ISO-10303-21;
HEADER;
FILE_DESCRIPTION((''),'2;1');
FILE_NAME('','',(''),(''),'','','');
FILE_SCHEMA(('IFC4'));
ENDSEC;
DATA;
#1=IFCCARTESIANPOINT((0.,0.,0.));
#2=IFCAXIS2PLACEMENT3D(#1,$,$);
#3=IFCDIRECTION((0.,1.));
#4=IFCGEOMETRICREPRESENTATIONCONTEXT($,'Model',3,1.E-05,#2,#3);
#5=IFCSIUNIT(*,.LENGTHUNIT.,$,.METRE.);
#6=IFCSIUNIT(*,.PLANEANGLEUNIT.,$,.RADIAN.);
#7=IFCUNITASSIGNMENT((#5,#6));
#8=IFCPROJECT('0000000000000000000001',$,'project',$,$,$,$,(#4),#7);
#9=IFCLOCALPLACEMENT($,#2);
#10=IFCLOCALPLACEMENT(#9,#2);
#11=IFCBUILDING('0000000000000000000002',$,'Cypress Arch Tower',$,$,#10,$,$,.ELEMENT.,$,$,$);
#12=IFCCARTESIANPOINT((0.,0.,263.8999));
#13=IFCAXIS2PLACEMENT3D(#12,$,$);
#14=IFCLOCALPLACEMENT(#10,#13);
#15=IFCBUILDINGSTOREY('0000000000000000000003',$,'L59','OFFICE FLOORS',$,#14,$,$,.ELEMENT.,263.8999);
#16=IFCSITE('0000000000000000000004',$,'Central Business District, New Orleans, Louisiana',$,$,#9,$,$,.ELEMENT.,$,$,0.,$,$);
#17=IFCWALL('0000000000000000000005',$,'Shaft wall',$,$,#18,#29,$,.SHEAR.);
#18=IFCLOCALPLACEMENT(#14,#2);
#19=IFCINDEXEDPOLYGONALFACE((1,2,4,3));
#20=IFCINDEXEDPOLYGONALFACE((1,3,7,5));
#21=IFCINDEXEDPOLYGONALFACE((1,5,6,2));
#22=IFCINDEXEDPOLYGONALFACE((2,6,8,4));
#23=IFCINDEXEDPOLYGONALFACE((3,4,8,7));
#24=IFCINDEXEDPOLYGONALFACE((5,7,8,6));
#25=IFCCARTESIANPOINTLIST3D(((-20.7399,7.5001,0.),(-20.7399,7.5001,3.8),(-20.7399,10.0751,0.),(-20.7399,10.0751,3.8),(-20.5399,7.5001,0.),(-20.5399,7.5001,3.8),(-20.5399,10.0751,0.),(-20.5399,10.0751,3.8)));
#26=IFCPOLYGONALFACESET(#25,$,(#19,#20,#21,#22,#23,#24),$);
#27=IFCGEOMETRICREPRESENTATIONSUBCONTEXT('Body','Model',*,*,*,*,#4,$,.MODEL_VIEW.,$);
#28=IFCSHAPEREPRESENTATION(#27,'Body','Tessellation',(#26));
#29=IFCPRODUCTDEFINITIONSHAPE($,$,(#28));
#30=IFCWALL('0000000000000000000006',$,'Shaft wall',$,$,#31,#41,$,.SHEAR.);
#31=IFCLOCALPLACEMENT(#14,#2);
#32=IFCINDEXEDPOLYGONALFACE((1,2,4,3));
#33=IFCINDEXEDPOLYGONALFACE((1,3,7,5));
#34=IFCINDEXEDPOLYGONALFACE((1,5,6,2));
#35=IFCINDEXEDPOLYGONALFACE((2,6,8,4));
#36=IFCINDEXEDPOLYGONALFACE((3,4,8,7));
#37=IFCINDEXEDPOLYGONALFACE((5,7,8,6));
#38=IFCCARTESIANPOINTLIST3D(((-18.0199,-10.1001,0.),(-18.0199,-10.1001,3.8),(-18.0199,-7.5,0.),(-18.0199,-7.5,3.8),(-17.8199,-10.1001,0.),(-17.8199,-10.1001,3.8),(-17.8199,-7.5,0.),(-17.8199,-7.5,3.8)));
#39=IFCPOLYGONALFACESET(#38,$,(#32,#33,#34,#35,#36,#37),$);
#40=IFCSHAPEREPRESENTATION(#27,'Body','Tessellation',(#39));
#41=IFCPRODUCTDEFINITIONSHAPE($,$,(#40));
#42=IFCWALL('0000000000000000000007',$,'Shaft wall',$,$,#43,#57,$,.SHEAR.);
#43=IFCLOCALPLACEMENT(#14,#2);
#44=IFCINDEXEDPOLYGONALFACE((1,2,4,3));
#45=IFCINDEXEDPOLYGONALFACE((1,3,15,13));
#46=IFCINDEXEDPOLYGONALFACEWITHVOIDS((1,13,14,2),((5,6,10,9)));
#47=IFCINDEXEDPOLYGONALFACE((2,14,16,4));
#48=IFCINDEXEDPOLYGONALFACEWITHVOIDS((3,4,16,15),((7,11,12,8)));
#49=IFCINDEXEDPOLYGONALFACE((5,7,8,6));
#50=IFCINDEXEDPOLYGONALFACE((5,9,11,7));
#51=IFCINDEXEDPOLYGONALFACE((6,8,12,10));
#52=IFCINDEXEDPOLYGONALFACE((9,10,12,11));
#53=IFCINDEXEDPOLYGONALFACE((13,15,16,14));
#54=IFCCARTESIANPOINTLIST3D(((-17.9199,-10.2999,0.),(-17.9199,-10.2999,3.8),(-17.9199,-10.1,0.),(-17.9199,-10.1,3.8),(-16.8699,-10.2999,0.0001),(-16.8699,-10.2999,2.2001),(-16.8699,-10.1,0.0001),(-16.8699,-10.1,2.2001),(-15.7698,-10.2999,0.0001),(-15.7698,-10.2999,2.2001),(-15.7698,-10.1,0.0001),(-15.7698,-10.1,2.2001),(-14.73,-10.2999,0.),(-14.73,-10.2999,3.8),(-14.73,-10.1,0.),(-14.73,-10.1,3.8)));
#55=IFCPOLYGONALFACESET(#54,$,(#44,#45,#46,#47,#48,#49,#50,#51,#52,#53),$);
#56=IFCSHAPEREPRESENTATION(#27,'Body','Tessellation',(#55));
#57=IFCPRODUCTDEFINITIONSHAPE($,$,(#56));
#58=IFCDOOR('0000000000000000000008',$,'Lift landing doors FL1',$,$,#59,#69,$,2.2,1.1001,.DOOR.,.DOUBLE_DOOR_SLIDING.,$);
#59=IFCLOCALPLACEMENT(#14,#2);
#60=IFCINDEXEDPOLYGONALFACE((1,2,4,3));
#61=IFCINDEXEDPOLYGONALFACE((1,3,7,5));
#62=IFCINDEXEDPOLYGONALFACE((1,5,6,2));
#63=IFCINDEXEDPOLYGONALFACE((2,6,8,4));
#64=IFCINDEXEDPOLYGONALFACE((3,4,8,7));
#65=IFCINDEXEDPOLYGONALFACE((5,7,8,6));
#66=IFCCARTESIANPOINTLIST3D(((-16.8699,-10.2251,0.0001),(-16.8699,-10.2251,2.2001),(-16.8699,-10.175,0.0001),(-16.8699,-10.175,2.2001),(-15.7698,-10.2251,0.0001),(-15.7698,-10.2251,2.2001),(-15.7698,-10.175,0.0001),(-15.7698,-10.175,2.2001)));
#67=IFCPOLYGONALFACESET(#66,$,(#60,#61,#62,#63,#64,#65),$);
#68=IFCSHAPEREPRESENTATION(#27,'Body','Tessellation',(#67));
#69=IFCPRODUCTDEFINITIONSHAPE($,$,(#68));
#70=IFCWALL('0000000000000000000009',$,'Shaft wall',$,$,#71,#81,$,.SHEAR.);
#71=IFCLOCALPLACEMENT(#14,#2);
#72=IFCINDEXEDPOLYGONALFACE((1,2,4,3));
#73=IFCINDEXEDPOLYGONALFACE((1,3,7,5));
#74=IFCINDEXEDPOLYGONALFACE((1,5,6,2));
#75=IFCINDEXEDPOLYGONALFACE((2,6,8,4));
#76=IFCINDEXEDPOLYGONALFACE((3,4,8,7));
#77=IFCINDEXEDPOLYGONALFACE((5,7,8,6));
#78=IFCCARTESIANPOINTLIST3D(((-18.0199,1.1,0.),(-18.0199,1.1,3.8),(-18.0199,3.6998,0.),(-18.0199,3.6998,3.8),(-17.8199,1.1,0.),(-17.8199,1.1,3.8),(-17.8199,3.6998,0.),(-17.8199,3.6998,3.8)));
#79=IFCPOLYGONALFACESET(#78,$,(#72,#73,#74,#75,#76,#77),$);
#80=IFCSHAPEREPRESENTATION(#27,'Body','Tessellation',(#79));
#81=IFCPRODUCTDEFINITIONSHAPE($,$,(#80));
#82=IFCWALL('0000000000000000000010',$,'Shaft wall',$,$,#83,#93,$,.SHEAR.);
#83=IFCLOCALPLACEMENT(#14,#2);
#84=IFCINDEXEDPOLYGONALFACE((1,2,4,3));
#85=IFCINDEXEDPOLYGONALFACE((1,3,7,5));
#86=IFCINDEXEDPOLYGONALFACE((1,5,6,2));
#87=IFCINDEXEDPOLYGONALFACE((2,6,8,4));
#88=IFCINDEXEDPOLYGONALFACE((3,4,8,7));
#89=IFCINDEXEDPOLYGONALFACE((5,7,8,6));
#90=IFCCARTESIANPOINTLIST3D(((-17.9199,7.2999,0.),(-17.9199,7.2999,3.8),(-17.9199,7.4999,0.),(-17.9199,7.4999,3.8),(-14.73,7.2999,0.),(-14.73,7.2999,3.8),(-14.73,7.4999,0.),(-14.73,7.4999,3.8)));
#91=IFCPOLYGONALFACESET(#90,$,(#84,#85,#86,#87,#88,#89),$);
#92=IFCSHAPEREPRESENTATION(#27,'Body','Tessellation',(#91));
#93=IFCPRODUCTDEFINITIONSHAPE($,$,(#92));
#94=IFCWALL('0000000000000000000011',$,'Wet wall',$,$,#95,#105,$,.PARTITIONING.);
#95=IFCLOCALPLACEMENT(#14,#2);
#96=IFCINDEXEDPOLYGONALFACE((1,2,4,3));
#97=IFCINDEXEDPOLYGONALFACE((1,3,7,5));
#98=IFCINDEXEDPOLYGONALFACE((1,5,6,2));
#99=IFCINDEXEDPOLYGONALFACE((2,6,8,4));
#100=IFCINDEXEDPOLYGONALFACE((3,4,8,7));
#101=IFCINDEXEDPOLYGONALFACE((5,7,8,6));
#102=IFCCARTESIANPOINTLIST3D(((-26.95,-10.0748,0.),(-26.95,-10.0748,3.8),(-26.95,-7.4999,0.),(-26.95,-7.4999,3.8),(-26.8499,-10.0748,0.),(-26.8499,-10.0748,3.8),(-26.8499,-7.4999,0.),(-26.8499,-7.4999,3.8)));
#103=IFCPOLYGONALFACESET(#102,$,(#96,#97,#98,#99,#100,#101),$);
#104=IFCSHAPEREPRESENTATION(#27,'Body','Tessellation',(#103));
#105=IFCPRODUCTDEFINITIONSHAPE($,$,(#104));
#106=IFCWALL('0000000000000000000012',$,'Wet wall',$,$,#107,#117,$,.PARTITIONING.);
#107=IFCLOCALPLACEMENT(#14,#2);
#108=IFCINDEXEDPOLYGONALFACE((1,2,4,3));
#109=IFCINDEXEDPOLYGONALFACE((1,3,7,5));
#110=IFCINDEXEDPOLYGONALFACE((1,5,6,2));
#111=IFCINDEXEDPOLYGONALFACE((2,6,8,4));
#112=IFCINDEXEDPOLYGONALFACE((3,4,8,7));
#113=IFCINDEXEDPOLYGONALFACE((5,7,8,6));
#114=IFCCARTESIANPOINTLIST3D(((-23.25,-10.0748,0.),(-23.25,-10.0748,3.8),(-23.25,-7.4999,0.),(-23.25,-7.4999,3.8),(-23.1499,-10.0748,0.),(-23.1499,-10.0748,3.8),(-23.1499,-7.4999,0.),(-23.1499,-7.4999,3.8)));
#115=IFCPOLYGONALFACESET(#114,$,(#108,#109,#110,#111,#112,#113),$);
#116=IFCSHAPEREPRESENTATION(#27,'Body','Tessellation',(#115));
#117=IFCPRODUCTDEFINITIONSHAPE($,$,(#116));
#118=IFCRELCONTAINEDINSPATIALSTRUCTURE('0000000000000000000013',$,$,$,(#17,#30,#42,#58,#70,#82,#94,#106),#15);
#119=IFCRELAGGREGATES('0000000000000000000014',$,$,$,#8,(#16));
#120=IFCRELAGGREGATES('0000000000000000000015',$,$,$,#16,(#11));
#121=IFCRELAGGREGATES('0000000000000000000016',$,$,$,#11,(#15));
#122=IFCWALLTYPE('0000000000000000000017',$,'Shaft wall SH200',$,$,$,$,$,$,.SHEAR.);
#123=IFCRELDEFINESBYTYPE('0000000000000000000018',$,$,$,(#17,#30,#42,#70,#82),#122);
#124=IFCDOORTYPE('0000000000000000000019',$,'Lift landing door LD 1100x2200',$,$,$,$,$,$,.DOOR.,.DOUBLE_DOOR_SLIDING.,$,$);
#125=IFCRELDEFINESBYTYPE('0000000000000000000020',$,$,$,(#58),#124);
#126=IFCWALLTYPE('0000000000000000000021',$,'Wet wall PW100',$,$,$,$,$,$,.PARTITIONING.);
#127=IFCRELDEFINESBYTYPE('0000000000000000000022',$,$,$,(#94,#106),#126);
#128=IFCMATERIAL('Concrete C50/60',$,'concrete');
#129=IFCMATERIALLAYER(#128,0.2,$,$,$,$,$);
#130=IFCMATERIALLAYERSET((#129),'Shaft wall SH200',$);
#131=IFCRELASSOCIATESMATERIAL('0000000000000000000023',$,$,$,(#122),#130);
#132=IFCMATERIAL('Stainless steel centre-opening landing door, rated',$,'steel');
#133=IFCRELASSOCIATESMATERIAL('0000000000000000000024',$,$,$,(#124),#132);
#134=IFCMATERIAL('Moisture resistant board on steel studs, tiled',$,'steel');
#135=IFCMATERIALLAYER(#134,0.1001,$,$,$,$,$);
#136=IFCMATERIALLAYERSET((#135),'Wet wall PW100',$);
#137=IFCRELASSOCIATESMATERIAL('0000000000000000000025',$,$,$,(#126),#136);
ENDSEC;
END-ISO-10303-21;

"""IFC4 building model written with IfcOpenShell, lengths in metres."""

from ifc_helpers import new_model, si_unit, direction, frame, frame_2d, origin, place, context, subcontext, project, spatial, rectangle, extrude, material, layer, layer_set, type_object, element, fill, save


model = new_model("IFC4")

# Units and contexts
model_context = context("Model", 3, precision=1e-05, world=origin(), true_north=direction((0.0, 1.0)))
body_context = subcontext(model_context, "Body", "Model", "MODEL_VIEW")
ifc_project = project(units=[si_unit("LENGTHUNIT", "METRE"), si_unit("PLANEANGLEUNIT", "RADIAN")], contexts=[model_context])

# Site, building, storey
site_placement = place(None, origin())
site = spatial("IfcSite", under=ifc_project, at=site_placement, Name="Central Business District, New Orleans, Louisiana", CompositionType="ELEMENT", RefElevation=0.0)
building_placement = place(site_placement, origin())
building = spatial("IfcBuilding", under=site, at=building_placement, Name="Cypress Arch Tower", CompositionType="ELEMENT")
storey_placement = place(building_placement, frame((0.0, 0.0, 263.8999)))
storey = spatial("IfcBuildingStorey", under=building, at=storey_placement, Name="L59", Description="OFFICE FLOORS", CompositionType="ELEMENT", Elevation=263.8999)

# Shared definitions
ifc_material_1 = material(Name="Concrete C50/60", Category="concrete")
ifc_layer_1 = layer(ifc_material_1, 0.2)
ifc_layer_set_1 = layer_set([ifc_layer_1], Name="Shaft wall SH200")
wall_type_1 = type_object("IfcWallType", Name="Shaft wall SH200", PredefinedType="SHEAR", material=ifc_layer_set_1)
ifc_material_2 = material(Name="Stainless steel centre-opening landing door, rated", Category="steel")
door_type_1 = type_object("IfcDoorType", Name="Lift landing door LD 1100x2200", OperationType="DOUBLE_DOOR_SLIDING", PredefinedType="DOOR", material=ifc_material_2)

# Walls
wall_1_placement = place(storey_placement, frame((-20.6399, 7.5, 0.0), z_axis=(0.0, 0.0, 1.0), x_axis=(0.0, 1.0, 0.0)))
element("IfcWall", 1, at=wall_1_placement, inside=storey, type_object=wall_type_1, Name="Shaft wall", PredefinedType="SHEAR", context=body_context, shape_type="SweptSolid", body=[
    extrude(rectangle(XDim=2.575, YDim=0.2, at=frame_2d((1.2876, 0.0))), origin(), (0.0, 0.0, 1.0), 3.8),
])
wall_2_placement = place(storey_placement, frame((-17.9199, -10.1001, 0.0), z_axis=(0.0, 0.0, 1.0), x_axis=(0.0, 1.0, 0.0)))
element("IfcWall", 2, at=wall_2_placement, inside=storey, type_object=wall_type_1, Name="Shaft wall", PredefinedType="SHEAR", context=body_context, shape_type="SweptSolid", body=[
    extrude(rectangle(XDim=2.6001, YDim=0.2, at=frame_2d((1.3, 0.0))), origin(), (0.0, 0.0, 1.0), 3.8),
])

# Wall, opening, door
wall_3_placement = place(storey_placement, frame((-17.9199, -10.2, 0.0), z_axis=(0.0, 0.0, 1.0), x_axis=(1.0, 0.0, 0.0)))
wall_3 = element("IfcWall", 3, at=wall_3_placement, inside=storey, type_object=wall_type_1, Name="Shaft wall", PredefinedType="SHEAR", context=body_context, shape_type="SweptSolid", body=[
    extrude(rectangle(XDim=3.1899, YDim=0.2, at=frame_2d((1.595, 0.0))), origin(), (0.0, 0.0, 1.0), 3.8),
])
opening_1_placement = place(wall_3_placement, frame((1.05, 0.0, 0.0)))
opening_1 = element("IfcOpeningElement", 4, at=opening_1_placement, cuts=wall_3, PredefinedType="OPENING", context=body_context, shape_type="SweptSolid", body=[
    extrude(rectangle(XDim=1.1001, YDim=2.2, at=frame_2d((0.55, 1.1001))), frame((0.0, 0.1099, 0.0), z_axis=(0.0, -1.0, 0.0), x_axis=(1.0, 0.0, 0.0)), (0.0, 0.0, 1.0), 0.22),
])
door_1_placement = place(opening_1_placement, origin())
door_1 = element("IfcDoor", 5, at=door_1_placement, inside=storey, type_object=door_type_1, Name="Lift landing doors FL1", OperationType="DOUBLE_DOOR_SLIDING", OverallHeight=2.2, OverallWidth=1.1001, PredefinedType="DOOR", context=body_context, shape_type="SweptSolid", body=[
    extrude(rectangle(XDim=1.1001, YDim=2.2, at=frame_2d((0.55, 1.1001))), frame((0.0, 0.0249, 0.0), z_axis=(0.0, -1.0, 0.0), x_axis=(1.0, 0.0, 0.0)), (0.0, 0.0, 1.0), 0.05),
])
fill(opening_1, door_1)

# Walls
wall_4_placement = place(storey_placement, frame((-17.9199, 1.1001, 0.0), z_axis=(0.0, 0.0, 1.0), x_axis=(0.0, 1.0, 0.0)))
element("IfcWall", 6, at=wall_4_placement, inside=storey, type_object=wall_type_1, Name="Shaft wall", PredefinedType="SHEAR", context=body_context, shape_type="SweptSolid", body=[
    extrude(rectangle(XDim=2.5999, YDim=0.2, at=frame_2d((1.2998, 0.0))), origin(), (0.0, 0.0, 1.0), 3.8),
])
wall_5_placement = place(storey_placement, frame((-17.9199, 7.3999, 0.0), z_axis=(0.0, 0.0, 1.0), x_axis=(1.0, 0.0, 0.0)))
element("IfcWall", 7, at=wall_5_placement, inside=storey, type_object=wall_type_1, Name="Shaft wall", PredefinedType="SHEAR", context=body_context, shape_type="SweptSolid", body=[
    extrude(rectangle(XDim=3.1899, YDim=0.2, at=frame_2d((1.595, 0.0))), origin(), (0.0, 0.0, 1.0), 3.8),
])
ifc_material_3 = material(Name="Moisture resistant board on steel studs, tiled", Category="steel")
ifc_layer_2 = layer(ifc_material_3, 0.1001)
ifc_layer_set_2 = layer_set([ifc_layer_2], Name="Wet wall PW100")
wall_type_2 = type_object("IfcWallType", Name="Wet wall PW100", PredefinedType="PARTITIONING", material=ifc_layer_set_2)
for number, where, z_axis, x_axis, name in (
    (8, (-26.8999, -10.075, 0.0), (0.0, 0.0, 1.0), (0.0, 1.0, 0.0), "Wet wall"),
    (9, (-23.2, -10.075, 0.0), (0.0, 0.0, 1.0), (0.0, 1.0, 0.0), "Wet wall"),
):
    element("IfcWall", number, at=place(storey_placement, frame(where, z_axis=z_axis, x_axis=x_axis)), inside=storey, type_object=wall_type_2, Name=name, PredefinedType="PARTITIONING", context=body_context, shape_type="SweptSolid", body=[
        extrude(rectangle(XDim=2.575, YDim=0.1001, at=frame_2d((1.2876, 0.0))), origin(), (0.0, 0.0, 1.0), 3.8),
    ])

save(model, "model.ifc")
